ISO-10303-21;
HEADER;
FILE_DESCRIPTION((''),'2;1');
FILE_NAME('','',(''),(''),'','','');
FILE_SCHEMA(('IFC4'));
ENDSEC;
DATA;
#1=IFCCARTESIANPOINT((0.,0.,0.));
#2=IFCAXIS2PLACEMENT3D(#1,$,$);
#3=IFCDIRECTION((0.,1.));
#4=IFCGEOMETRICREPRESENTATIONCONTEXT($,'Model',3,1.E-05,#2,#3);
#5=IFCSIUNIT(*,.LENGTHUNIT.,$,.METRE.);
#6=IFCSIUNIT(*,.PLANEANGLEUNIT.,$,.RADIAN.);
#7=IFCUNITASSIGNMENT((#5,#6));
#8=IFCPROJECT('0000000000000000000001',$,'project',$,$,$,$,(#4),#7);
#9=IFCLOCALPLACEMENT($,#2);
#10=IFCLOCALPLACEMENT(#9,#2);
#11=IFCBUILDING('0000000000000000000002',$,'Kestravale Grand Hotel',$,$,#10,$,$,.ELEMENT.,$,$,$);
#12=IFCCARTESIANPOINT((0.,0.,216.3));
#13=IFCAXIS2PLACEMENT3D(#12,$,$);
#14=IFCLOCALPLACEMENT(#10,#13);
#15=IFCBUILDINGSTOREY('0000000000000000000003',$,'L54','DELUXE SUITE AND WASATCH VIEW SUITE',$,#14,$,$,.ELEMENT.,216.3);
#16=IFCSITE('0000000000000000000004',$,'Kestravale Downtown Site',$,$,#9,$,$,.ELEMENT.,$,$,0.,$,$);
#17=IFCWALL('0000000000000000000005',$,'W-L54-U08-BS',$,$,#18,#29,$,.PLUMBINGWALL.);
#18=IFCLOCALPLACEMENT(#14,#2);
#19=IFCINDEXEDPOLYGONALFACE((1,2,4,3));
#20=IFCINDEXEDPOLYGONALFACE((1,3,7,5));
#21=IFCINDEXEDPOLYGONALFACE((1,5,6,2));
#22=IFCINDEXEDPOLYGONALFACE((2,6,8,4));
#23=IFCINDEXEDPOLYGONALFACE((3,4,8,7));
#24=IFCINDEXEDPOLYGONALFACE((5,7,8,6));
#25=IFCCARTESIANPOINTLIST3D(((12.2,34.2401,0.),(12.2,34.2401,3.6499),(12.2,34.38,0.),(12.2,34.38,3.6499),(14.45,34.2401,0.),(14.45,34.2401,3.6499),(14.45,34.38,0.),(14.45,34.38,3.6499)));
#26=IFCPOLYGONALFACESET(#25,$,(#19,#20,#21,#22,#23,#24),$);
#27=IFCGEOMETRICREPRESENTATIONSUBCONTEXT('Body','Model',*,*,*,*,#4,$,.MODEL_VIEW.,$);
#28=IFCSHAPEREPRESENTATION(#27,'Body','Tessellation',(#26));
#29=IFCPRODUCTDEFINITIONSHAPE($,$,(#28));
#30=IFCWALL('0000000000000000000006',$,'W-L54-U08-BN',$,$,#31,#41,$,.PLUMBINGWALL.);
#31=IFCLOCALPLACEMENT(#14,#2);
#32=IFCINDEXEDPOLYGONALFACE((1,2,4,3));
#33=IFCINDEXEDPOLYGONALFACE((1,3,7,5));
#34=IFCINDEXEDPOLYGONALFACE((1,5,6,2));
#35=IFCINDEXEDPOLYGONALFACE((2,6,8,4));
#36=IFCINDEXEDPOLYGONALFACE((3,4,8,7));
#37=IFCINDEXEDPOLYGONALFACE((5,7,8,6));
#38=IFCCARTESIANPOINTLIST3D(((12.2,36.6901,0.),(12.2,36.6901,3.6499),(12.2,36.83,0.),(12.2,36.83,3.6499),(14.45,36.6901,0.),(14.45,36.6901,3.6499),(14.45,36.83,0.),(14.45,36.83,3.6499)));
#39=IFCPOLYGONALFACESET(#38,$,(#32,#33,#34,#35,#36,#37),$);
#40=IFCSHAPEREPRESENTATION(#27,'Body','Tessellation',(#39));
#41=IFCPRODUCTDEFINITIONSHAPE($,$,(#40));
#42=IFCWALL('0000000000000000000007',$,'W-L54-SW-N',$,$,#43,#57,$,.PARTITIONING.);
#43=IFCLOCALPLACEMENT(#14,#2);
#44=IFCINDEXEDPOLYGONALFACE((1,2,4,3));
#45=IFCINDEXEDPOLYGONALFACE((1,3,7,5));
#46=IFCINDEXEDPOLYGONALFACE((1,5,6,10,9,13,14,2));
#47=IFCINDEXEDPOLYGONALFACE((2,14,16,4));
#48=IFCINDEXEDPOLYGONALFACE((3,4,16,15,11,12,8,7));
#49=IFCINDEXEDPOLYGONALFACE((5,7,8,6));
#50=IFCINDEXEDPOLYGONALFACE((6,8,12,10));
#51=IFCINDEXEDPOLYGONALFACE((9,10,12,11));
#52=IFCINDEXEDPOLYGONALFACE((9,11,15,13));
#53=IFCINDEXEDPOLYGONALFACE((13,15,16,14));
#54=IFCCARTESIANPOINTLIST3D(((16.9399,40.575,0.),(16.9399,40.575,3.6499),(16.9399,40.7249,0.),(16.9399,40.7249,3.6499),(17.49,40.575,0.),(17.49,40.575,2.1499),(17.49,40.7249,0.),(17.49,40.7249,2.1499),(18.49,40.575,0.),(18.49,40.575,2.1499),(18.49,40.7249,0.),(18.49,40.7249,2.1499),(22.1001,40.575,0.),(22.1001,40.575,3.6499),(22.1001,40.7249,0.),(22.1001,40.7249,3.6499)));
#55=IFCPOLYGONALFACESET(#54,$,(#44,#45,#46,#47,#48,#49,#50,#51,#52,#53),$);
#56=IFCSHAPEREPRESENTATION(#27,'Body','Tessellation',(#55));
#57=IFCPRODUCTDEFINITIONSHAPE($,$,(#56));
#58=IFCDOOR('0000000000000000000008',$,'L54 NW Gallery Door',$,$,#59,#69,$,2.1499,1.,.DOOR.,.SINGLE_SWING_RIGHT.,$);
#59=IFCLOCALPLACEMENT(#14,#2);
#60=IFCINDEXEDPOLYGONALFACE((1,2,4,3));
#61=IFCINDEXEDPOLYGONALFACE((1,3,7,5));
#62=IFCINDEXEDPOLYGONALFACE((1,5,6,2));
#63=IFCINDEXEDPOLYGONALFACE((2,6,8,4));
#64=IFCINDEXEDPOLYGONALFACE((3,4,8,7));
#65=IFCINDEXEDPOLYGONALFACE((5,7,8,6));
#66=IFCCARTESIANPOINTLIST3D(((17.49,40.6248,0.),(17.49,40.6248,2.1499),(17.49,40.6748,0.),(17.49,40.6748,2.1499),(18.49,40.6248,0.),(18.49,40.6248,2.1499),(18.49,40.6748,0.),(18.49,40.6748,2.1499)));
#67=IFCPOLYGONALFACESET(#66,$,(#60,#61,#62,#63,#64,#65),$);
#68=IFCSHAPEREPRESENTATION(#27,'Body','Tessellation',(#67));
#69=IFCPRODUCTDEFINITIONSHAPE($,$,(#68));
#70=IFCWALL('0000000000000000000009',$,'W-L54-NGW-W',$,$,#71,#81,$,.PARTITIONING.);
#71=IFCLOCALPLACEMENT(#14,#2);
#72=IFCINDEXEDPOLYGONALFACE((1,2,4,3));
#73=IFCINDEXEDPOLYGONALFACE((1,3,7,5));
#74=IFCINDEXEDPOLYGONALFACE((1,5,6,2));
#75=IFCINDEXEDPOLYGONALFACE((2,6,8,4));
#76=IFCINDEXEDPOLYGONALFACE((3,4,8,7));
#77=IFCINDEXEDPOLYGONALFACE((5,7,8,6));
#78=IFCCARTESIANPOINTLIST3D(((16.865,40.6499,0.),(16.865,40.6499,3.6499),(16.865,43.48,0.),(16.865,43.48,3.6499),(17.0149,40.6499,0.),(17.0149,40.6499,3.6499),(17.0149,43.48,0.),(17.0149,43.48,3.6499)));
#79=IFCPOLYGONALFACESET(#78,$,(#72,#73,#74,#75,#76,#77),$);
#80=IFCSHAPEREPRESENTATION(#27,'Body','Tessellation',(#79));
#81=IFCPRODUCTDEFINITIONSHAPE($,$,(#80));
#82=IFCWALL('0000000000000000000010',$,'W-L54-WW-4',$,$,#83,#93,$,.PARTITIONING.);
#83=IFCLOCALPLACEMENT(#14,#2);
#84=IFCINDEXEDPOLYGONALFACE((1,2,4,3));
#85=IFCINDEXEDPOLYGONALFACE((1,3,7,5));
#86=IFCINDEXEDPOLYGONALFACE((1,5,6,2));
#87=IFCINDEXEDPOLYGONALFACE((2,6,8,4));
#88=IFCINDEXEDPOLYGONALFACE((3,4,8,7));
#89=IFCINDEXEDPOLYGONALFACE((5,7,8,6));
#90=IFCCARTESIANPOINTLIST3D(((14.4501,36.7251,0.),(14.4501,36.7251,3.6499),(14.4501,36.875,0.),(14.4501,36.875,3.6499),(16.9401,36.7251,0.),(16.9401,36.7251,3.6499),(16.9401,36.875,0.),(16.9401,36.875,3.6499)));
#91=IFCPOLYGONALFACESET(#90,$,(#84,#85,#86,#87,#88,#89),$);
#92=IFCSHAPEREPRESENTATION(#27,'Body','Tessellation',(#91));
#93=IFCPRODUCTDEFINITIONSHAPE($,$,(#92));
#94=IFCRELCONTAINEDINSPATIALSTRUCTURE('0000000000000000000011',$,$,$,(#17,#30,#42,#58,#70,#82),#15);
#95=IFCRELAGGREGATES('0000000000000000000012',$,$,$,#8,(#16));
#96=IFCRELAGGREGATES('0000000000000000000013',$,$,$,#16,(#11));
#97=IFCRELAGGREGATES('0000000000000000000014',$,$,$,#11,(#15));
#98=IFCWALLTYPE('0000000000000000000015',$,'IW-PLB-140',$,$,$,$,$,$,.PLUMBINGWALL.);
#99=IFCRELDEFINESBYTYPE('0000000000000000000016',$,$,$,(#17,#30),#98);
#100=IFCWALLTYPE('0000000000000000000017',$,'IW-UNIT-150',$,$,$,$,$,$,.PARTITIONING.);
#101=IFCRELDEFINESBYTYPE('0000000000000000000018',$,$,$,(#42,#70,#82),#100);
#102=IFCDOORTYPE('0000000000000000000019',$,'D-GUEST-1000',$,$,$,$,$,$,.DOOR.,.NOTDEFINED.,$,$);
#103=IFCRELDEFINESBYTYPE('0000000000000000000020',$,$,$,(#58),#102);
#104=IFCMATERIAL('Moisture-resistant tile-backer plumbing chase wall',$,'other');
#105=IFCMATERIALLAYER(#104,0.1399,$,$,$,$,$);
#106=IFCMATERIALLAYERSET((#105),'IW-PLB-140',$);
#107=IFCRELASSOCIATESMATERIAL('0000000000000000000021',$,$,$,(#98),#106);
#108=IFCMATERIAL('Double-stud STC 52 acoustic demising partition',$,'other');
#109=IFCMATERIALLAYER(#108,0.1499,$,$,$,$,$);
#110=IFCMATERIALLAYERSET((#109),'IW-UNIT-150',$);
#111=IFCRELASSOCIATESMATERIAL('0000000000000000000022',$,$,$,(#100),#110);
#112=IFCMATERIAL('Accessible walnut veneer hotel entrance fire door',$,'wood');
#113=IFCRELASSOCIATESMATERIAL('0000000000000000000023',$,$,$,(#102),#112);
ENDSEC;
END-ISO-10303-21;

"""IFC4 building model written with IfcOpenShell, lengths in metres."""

from ifc_helpers import new_model, si_unit, direction, frame, frame_2d, origin, place, context, subcontext, project, spatial, rectangle, extrude, material, layer, layer_set, type_object, element, fill, save


model = new_model("IFC4")

# Units and contexts
model_context = context("Model", 3, precision=1e-05, world=origin(), true_north=direction((0.0, 1.0)))
body_context = subcontext(model_context, "Body", "Model", "MODEL_VIEW")
ifc_project = project(units=[si_unit("LENGTHUNIT", "METRE"), si_unit("PLANEANGLEUNIT", "RADIAN")], contexts=[model_context])

# Site, building, storey
site_placement = place(None, origin())
site = spatial("IfcSite", under=ifc_project, at=site_placement, Name="Kestravale Downtown Site", CompositionType="ELEMENT", RefElevation=0.0)
building_placement = place(site_placement, origin())
building = spatial("IfcBuilding", under=site, at=building_placement, Name="Kestravale Grand Hotel", CompositionType="ELEMENT")
storey_placement = place(building_placement, frame((0.0, 0.0, 216.3)))
storey = spatial("IfcBuildingStorey", under=building, at=storey_placement, Name="L54", Description="DELUXE SUITE AND WASATCH VIEW SUITE", CompositionType="ELEMENT", Elevation=216.3)

# Shared definitions
ifc_material_1 = material(Name="Moisture-resistant tile-backer plumbing chase wall", Category="other")
ifc_layer_1 = layer(ifc_material_1, 0.1399)
ifc_layer_set_1 = layer_set([ifc_layer_1], Name="IW-PLB-140")
wall_type_1 = type_object("IfcWallType", Name="IW-PLB-140", PredefinedType="PLUMBINGWALL", material=ifc_layer_set_1)

# Walls
for number, where, z_axis, x_axis, name in (
    (1, (12.2, 34.3101, 0.0), (0.0, 0.0, 1.0), (1.0, 0.0, 0.0), "W-L54-U08-BS"),
    (2, (12.2, 36.76, 0.0), (0.0, 0.0, 1.0), (1.0, 0.0, 0.0), "W-L54-U08-BN"),
):
    element("IfcWall", number, at=place(storey_placement, frame(where, z_axis=z_axis, x_axis=x_axis)), inside=storey, type_object=wall_type_1, Name=name, PredefinedType="PLUMBINGWALL", context=body_context, shape_type="SweptSolid", body=[
        extrude(rectangle(XDim=2.25, YDim=0.1399, at=frame_2d((1.125, 0.0))), origin(), (0.0, 0.0, 1.0), 3.6499),
    ])

# Wall, opening, door
ifc_material_2 = material(Name="Double-stud STC 52 acoustic demising partition", Category="other")
ifc_layer_2 = layer(ifc_material_2, 0.1499)
ifc_layer_set_2 = layer_set([ifc_layer_2], Name="IW-UNIT-150")
wall_type_2 = type_object("IfcWallType", Name="IW-UNIT-150", PredefinedType="PARTITIONING", material=ifc_layer_set_2)
wall_1_placement = place(storey_placement, frame((16.9399, 40.6499, 0.0), z_axis=(0.0, 0.0, 1.0), x_axis=(1.0, 0.0, 0.0)))
wall_1 = element("IfcWall", 3, at=wall_1_placement, inside=storey, type_object=wall_type_2, Name="W-L54-SW-N", PredefinedType="PARTITIONING", context=body_context, shape_type="SweptSolid", body=[
    extrude(rectangle(XDim=5.1602, YDim=0.1499, at=frame_2d((2.5801, 0.0))), origin(), (0.0, 0.0, 1.0), 3.6499),
])
opening_1_placement = place(wall_1_placement, frame((0.55, 0.0, 0.0)))
opening_1 = element("IfcOpeningElement", 4, at=opening_1_placement, cuts=wall_1, PredefinedType="OPENING", context=body_context, shape_type="SweptSolid", body=[
    extrude(rectangle(XDim=1.0, YDim=2.1499, at=frame_2d((0.5, 1.075))), frame((0.0, 0.085, 0.0), z_axis=(0.0, -1.0, 0.0), x_axis=(1.0, 0.0, 0.0)), (0.0, 0.0, 1.0), 0.1699),
])
ifc_material_3 = material(Name="Accessible walnut veneer hotel entrance fire door", Category="wood")
door_type_1 = type_object("IfcDoorType", Name="D-GUEST-1000", OperationType="NOTDEFINED", PredefinedType="DOOR", material=ifc_material_3)
door_1_placement = place(opening_1_placement, origin())
door_1 = element("IfcDoor", 5, at=door_1_placement, inside=storey, type_object=door_type_1, Name="L54 NW Gallery Door", OperationType="SINGLE_SWING_RIGHT", OverallHeight=2.1499, OverallWidth=1.0, PredefinedType="DOOR", context=body_context, shape_type="SweptSolid", body=[
    extrude(rectangle(XDim=1.0, YDim=2.1499, at=frame_2d((0.5, 1.075))), frame((0.0, 0.0249, 0.0), z_axis=(0.0, -1.0, 0.0), x_axis=(1.0, 0.0, 0.0)), (0.0, 0.0, 1.0), 0.05),
])
fill(opening_1, door_1)

# Walls
wall_2_placement = place(storey_placement, frame((16.9399, 40.6499, 0.0), z_axis=(0.0, 0.0, 1.0), x_axis=(0.0, 1.0, 0.0)))
element("IfcWall", 6, at=wall_2_placement, inside=storey, type_object=wall_type_2, Name="W-L54-NGW-W", PredefinedType="PARTITIONING", context=body_context, shape_type="SweptSolid", body=[
    extrude(rectangle(XDim=2.8301, YDim=0.1499, at=frame_2d((1.415, 0.0))), origin(), (0.0, 0.0, 1.0), 3.6499),
])
wall_3_placement = place(storey_placement, frame((14.45, 36.8, 0.0), z_axis=(0.0, 0.0, 1.0), x_axis=(1.0, 0.0, 0.0)))
element("IfcWall", 7, at=wall_3_placement, inside=storey, type_object=wall_type_2, Name="W-L54-WW-4", PredefinedType="PARTITIONING", context=body_context, shape_type="SweptSolid", body=[
    extrude(rectangle(XDim=2.49, YDim=0.1499, at=frame_2d((1.2451, 0.0))), origin(), (0.0, 0.0, 1.0), 3.6499),
])

save(model, "model.ifc")
